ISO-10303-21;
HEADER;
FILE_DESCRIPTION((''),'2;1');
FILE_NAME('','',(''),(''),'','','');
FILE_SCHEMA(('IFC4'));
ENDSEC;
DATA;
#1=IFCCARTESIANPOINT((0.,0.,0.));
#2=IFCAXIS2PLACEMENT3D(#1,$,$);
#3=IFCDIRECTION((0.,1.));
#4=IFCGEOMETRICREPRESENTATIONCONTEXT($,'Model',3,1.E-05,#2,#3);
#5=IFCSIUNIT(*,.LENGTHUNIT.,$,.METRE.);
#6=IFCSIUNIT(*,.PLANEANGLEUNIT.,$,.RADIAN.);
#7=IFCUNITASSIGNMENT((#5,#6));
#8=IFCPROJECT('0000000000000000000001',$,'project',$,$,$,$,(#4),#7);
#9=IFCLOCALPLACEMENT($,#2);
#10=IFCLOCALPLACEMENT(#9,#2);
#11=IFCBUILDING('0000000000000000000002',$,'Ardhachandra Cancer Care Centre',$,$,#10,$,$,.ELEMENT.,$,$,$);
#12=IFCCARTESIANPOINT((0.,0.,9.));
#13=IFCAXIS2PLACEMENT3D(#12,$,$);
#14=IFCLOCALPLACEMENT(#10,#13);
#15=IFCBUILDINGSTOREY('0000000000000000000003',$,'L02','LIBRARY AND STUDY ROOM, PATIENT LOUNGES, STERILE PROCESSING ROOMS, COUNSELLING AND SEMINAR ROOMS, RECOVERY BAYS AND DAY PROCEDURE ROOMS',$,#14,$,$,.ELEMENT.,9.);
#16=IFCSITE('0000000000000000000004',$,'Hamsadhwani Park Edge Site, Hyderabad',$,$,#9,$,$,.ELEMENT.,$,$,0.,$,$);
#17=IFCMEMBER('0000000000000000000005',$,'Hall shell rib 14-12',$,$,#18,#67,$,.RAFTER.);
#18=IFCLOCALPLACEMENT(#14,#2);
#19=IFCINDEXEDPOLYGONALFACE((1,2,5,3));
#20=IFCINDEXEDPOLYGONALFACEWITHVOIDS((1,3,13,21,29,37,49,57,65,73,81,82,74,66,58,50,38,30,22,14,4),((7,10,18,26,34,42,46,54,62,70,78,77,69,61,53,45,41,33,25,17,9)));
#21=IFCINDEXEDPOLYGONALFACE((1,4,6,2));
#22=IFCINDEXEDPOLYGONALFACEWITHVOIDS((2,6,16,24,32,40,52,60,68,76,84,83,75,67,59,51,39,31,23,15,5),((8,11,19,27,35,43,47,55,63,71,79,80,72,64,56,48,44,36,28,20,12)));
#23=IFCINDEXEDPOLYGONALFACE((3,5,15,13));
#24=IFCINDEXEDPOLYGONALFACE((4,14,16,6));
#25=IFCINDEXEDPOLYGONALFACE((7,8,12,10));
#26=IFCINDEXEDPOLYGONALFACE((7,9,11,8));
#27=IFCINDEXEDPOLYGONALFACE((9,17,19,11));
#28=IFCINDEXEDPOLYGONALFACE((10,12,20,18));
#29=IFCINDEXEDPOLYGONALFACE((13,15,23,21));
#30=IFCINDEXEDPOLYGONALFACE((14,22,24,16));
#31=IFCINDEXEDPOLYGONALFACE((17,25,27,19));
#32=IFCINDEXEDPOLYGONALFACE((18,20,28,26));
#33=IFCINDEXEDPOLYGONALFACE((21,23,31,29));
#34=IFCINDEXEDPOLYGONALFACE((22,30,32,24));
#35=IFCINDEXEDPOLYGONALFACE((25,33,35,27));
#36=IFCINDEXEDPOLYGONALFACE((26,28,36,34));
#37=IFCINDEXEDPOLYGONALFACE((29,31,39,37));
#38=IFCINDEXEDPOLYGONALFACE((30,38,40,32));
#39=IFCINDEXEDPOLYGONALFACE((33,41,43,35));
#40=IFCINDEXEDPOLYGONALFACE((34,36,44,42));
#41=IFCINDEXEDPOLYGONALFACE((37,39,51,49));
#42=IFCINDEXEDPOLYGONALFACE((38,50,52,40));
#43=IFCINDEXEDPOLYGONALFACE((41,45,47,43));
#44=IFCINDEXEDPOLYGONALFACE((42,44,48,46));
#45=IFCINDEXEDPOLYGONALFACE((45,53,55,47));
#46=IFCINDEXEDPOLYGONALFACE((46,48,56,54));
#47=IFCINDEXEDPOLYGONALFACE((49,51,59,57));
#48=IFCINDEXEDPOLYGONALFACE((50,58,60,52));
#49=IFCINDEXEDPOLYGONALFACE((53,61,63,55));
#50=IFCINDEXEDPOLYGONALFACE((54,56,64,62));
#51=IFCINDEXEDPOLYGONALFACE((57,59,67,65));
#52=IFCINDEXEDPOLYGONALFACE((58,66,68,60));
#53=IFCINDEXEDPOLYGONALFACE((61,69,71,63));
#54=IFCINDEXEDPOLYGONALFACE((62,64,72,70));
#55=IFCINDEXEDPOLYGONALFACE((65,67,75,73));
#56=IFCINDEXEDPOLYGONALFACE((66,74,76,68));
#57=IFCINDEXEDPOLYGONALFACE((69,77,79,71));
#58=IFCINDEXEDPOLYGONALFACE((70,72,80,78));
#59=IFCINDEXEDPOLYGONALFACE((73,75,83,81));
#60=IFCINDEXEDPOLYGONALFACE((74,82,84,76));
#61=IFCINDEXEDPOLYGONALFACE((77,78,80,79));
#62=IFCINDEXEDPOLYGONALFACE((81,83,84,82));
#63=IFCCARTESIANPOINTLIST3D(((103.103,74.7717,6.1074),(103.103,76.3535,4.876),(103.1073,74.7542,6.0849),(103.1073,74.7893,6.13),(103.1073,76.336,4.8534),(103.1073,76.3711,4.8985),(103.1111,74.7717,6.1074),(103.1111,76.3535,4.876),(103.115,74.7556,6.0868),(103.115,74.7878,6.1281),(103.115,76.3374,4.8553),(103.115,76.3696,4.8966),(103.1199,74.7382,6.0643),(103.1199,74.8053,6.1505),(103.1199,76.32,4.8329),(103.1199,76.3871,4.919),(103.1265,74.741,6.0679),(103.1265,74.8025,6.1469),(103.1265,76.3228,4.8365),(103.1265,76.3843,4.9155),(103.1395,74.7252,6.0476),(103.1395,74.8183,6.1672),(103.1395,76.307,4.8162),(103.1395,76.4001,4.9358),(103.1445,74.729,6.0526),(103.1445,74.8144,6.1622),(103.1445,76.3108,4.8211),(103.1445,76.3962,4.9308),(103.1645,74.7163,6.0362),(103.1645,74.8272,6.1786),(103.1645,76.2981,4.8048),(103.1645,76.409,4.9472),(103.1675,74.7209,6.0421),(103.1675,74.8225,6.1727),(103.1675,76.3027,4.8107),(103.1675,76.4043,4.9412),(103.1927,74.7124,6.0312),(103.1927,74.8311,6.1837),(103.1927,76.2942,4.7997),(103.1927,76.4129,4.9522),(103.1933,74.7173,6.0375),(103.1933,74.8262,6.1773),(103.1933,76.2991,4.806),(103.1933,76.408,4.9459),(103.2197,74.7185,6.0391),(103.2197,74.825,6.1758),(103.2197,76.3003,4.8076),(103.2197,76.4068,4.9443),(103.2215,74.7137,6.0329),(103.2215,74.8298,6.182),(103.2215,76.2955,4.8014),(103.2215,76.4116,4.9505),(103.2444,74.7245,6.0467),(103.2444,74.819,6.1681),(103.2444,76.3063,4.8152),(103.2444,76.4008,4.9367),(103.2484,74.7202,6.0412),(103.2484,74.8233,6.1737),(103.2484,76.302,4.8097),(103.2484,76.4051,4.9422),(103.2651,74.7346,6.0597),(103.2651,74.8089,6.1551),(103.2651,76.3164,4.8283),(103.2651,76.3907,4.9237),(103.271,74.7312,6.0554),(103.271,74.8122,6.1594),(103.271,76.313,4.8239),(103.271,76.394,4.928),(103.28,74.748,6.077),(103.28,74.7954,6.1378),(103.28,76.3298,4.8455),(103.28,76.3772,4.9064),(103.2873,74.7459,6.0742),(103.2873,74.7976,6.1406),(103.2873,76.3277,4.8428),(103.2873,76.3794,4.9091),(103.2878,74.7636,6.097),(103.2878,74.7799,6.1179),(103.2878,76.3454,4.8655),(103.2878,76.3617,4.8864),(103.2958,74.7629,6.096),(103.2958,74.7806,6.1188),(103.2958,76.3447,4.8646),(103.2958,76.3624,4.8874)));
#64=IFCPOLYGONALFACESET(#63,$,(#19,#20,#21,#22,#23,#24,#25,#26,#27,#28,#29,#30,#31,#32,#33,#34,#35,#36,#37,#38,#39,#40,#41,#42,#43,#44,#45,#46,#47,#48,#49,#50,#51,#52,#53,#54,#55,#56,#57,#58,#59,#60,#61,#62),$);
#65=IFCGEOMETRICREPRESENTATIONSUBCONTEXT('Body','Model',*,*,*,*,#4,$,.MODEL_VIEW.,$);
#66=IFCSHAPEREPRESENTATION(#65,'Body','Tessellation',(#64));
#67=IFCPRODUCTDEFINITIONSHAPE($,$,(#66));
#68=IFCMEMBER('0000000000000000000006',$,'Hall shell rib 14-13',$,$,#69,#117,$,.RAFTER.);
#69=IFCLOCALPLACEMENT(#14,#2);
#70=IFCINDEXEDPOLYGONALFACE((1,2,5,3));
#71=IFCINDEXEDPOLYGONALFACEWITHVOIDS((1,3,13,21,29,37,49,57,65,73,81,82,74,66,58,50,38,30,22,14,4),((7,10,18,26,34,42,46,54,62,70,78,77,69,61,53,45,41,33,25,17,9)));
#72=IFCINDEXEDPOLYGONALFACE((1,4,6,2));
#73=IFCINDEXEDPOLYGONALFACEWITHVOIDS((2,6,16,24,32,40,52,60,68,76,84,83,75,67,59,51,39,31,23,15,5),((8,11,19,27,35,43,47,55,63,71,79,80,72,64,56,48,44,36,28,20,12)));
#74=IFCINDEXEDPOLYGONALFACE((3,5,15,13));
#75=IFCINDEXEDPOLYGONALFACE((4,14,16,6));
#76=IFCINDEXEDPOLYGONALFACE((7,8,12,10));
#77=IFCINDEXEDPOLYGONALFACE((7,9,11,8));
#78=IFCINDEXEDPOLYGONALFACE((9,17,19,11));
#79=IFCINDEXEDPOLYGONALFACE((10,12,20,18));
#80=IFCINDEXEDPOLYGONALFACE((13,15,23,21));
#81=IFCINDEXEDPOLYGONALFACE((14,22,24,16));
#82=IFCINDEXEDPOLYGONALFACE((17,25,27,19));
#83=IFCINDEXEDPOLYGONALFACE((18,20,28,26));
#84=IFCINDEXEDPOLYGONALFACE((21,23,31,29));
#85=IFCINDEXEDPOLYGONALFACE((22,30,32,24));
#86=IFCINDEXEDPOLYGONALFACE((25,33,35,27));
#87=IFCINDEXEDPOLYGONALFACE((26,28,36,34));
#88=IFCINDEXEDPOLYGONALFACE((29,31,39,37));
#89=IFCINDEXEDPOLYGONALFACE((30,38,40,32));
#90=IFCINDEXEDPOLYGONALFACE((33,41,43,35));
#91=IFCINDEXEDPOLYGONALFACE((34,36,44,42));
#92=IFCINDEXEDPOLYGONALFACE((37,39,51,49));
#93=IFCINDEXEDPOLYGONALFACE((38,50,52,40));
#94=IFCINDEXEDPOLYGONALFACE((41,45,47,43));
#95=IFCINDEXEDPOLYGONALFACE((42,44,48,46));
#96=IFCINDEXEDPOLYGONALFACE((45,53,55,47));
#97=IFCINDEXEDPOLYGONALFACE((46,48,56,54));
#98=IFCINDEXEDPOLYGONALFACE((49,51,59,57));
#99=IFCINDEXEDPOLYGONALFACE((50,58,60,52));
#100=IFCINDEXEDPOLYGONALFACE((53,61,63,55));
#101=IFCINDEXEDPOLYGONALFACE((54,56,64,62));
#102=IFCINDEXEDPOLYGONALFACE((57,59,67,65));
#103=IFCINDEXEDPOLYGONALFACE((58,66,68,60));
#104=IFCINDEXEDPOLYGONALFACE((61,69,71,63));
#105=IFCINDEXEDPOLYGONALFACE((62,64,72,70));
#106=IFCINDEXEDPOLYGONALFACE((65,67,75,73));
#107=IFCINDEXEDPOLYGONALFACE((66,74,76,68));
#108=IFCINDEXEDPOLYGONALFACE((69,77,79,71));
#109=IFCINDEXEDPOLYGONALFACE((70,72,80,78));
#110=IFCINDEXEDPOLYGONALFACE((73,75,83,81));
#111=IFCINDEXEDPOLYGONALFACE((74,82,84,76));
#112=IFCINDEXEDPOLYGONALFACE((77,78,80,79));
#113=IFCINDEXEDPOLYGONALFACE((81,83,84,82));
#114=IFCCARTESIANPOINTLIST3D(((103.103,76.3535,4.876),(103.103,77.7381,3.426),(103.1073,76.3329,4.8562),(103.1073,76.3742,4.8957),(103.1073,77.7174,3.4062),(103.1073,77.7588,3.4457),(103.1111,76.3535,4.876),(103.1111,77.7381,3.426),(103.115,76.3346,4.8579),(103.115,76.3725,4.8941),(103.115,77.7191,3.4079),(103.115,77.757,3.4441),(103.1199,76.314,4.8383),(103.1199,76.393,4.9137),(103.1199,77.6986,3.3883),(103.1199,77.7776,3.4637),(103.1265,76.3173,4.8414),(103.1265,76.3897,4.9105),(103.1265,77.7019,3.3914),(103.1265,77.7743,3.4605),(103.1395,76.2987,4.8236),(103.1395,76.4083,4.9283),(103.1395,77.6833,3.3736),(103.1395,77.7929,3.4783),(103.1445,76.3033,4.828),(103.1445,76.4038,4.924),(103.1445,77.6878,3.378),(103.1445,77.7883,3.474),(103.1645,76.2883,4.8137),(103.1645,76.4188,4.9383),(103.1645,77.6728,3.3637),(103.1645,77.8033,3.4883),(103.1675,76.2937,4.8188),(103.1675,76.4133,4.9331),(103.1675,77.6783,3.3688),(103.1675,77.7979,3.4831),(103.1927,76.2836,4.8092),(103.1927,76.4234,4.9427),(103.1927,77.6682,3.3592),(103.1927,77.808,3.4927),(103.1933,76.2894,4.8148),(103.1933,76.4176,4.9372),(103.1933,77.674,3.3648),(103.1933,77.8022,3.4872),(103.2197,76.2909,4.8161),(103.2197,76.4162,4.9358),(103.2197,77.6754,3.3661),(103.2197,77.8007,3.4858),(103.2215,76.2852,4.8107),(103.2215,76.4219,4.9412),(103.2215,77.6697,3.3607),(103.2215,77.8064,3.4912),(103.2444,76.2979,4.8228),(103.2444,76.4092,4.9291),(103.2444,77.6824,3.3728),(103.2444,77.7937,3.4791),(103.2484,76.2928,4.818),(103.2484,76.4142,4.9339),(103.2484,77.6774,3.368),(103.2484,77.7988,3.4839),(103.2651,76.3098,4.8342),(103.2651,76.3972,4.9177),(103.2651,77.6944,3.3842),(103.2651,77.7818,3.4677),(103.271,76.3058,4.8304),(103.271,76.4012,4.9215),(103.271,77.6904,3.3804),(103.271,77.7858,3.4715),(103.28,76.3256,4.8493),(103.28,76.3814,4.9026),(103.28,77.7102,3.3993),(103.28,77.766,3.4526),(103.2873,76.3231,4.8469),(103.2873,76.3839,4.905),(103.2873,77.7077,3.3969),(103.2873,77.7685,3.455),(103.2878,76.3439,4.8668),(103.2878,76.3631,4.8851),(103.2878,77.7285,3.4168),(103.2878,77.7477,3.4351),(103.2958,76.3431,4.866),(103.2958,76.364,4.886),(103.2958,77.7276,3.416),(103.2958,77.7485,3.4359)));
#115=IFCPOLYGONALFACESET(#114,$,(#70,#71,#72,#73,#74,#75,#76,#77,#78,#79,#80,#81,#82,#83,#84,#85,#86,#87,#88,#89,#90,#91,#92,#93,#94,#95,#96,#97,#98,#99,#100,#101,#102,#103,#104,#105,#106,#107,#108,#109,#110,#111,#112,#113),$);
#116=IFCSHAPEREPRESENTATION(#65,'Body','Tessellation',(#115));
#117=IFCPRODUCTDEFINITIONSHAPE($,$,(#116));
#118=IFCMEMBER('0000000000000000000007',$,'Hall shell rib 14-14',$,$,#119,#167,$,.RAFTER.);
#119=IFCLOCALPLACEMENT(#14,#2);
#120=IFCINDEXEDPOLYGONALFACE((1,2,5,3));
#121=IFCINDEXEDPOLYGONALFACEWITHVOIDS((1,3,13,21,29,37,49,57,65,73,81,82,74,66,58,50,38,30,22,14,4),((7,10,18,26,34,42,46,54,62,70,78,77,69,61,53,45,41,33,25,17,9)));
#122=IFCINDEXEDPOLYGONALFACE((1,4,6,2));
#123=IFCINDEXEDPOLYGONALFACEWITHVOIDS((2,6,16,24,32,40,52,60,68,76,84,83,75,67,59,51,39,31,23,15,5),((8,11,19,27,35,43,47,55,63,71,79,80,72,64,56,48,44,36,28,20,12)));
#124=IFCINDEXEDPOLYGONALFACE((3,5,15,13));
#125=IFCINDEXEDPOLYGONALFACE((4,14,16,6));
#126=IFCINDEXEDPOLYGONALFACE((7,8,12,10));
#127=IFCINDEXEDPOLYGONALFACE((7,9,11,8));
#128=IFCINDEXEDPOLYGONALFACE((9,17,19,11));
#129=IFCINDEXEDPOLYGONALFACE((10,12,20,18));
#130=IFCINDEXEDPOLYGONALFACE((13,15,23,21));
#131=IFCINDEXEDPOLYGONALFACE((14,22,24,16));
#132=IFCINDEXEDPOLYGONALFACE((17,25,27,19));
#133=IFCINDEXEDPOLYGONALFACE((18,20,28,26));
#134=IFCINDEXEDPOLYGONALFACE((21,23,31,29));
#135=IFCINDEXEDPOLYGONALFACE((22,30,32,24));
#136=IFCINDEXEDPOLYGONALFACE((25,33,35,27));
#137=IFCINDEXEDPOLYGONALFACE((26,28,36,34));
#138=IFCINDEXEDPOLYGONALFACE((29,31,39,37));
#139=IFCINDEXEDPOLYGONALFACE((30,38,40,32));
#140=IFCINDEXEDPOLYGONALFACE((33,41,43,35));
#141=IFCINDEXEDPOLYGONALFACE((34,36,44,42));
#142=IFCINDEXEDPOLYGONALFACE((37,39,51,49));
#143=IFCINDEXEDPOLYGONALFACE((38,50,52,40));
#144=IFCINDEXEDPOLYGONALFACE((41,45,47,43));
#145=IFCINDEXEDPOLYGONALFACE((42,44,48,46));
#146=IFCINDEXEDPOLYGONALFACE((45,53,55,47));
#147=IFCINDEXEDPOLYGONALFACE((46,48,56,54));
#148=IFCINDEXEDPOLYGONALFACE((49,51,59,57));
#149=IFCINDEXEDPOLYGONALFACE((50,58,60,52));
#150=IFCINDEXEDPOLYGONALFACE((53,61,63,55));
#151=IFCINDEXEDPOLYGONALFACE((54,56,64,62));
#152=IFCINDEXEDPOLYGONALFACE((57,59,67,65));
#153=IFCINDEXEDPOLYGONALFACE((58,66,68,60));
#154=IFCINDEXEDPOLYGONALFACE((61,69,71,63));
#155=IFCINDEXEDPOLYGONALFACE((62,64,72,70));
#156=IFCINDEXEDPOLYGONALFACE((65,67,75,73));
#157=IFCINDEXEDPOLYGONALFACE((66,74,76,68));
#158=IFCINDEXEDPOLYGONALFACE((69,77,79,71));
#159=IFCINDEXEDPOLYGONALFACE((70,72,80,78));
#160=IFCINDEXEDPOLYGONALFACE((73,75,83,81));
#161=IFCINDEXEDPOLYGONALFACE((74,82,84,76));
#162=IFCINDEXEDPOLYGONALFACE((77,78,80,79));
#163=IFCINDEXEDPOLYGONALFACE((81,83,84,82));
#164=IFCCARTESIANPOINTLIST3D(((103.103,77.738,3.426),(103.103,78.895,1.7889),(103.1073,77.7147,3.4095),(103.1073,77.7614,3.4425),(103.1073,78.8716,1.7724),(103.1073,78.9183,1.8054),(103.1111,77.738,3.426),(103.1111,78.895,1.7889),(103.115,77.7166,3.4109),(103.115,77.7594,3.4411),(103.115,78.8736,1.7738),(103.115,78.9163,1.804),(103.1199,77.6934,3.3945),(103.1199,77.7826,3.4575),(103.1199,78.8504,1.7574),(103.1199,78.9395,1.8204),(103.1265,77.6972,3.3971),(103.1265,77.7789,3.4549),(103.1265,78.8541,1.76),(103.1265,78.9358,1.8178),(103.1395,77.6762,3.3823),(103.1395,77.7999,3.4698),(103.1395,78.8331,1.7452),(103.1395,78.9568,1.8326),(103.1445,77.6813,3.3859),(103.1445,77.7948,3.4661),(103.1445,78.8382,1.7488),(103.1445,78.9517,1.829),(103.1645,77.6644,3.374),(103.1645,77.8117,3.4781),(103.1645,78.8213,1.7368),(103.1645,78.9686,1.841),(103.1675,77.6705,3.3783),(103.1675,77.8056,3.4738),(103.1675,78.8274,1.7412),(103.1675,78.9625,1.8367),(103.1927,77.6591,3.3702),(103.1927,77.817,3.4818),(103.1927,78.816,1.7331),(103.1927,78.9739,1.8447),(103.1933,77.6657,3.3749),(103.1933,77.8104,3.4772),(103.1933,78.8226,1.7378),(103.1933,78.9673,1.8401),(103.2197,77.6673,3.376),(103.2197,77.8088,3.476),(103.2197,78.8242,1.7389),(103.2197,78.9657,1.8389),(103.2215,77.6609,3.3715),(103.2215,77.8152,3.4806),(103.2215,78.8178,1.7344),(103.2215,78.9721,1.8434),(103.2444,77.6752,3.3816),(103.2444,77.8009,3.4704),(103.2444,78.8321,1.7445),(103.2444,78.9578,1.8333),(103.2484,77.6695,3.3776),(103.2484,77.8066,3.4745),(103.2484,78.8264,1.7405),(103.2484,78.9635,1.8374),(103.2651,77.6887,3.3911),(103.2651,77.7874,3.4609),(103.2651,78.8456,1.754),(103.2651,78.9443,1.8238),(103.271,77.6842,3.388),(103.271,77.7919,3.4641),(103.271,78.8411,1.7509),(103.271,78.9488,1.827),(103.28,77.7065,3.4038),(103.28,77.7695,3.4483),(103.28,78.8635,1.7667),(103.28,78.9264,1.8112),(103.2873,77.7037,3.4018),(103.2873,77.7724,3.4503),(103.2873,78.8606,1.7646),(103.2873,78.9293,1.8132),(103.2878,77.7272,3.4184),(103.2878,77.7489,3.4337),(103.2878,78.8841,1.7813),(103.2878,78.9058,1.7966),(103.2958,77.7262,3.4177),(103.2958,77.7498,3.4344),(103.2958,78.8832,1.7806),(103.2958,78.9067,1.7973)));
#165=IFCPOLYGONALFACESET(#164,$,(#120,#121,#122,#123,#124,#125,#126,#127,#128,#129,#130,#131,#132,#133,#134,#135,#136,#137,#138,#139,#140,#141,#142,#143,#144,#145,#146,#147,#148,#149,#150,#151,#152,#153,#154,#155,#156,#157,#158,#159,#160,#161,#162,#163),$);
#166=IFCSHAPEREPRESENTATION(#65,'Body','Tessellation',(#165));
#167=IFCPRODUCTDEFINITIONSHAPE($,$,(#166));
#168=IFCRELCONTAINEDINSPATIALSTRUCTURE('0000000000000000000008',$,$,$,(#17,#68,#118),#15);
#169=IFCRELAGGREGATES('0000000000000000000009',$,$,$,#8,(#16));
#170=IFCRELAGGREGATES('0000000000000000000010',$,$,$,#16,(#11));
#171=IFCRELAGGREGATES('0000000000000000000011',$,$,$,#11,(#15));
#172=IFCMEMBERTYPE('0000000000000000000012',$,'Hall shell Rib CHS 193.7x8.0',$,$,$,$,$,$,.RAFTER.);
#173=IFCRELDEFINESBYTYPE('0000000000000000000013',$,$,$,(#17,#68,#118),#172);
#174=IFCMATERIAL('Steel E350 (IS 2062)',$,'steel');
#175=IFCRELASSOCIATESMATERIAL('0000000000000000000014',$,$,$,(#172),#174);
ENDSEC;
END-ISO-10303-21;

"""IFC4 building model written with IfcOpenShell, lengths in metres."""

from ifc_helpers import new_model, si_unit, direction, frame, origin, origin_2d, place, context, subcontext, project, spatial, hollow_circle, extrude, material, material_profile, profile_set, type_object, element, save


model = new_model("IFC4")

# Units and contexts
model_context = context("Model", 3, precision=1e-05, world=origin(), true_north=direction((0.0, 1.0)))
body_context = subcontext(model_context, "Body", "Model", "MODEL_VIEW")
ifc_project = project(units=[si_unit("LENGTHUNIT", "METRE"), si_unit("PLANEANGLEUNIT", "RADIAN")], contexts=[model_context])

# Site, building, storey
site_placement = place(None, origin())
site = spatial("IfcSite", under=ifc_project, at=site_placement, Name="Hamsadhwani Park Edge Site, Hyderabad", CompositionType="ELEMENT", RefElevation=0.0)
building_placement = place(site_placement, origin())
building = spatial("IfcBuilding", under=site, at=building_placement, Name="Ardhachandra Cancer Care Centre", CompositionType="ELEMENT")
storey_placement = place(building_placement, frame((0.0, 0.0, 9.0)))
storey = spatial("IfcBuildingStorey", under=building, at=storey_placement, Name="L02", Description="LIBRARY AND STUDY ROOM, PATIENT LOUNGES, STERILE PROCESSING ROOMS, COUNSELLING AND SEMINAR ROOMS, RECOVERY BAYS AND DAY PROCEDURE ROOMS", CompositionType="ELEMENT", Elevation=9.0)

# Members
ifc_material_1 = material(Name="Steel E350 (IS 2062)", Category="steel")
ifc_material_profile_1 = material_profile(ifc_material_1, hollow_circle(Radius=0.0969, WallThickness=0.0081, at=origin_2d()), Name="CHS 193.7x8.0")
ifc_profile_set_1 = profile_set([ifc_material_profile_1], Name="Steel E350 (IS 2062)")
member_type_1 = type_object("IfcMemberType", Name="Hall shell Rib CHS 193.7x8.0", PredefinedType="RAFTER", material=ifc_profile_set_1)
member_1_placement = place(storey_placement, frame((103.2, 74.7717, 6.1074), z_axis=(0.0, 0.78907, -0.614303), x_axis=(-1.0, 0.0, 0.0)))
element("IfcMember", 1, at=member_1_placement, inside=storey, type_object=member_type_1, Name="Hall shell rib 14-12", PredefinedType="RAFTER", context=body_context, shape_type="SweptSolid", body=[
    extrude(hollow_circle(Radius=0.0969, WallThickness=0.0081, at=origin_2d()), origin(), (0.0, 0.0, 1.0), 2.0046),
])
member_2_placement = place(storey_placement, frame((103.2, 76.3535, 4.876), z_axis=(0.0, 0.6906, -0.723237), x_axis=(-1.0, 0.0, 0.0)))
element("IfcMember", 2, at=member_2_placement, inside=storey, type_object=member_type_1, Name="Hall shell rib 14-13", PredefinedType="RAFTER", context=body_context, shape_type="SweptSolid", body=[
    extrude(hollow_circle(Radius=0.0969, WallThickness=0.0081, at=origin_2d()), origin(), (0.0, 0.0, 1.0), 2.0049),
])
member_3_placement = place(storey_placement, frame((103.2, 77.738, 3.426), z_axis=(0.0, 0.577118, -0.816661), x_axis=(-1.0, 0.0, 0.0)))
element("IfcMember", 3, at=member_3_placement, inside=storey, type_object=member_type_1, Name="Hall shell rib 14-14", PredefinedType="RAFTER", context=body_context, shape_type="SweptSolid", body=[
    extrude(hollow_circle(Radius=0.0969, WallThickness=0.0081, at=origin_2d()), origin(), (0.0, 0.0, 1.0), 2.0046),
])

save(model, "model.ifc")
